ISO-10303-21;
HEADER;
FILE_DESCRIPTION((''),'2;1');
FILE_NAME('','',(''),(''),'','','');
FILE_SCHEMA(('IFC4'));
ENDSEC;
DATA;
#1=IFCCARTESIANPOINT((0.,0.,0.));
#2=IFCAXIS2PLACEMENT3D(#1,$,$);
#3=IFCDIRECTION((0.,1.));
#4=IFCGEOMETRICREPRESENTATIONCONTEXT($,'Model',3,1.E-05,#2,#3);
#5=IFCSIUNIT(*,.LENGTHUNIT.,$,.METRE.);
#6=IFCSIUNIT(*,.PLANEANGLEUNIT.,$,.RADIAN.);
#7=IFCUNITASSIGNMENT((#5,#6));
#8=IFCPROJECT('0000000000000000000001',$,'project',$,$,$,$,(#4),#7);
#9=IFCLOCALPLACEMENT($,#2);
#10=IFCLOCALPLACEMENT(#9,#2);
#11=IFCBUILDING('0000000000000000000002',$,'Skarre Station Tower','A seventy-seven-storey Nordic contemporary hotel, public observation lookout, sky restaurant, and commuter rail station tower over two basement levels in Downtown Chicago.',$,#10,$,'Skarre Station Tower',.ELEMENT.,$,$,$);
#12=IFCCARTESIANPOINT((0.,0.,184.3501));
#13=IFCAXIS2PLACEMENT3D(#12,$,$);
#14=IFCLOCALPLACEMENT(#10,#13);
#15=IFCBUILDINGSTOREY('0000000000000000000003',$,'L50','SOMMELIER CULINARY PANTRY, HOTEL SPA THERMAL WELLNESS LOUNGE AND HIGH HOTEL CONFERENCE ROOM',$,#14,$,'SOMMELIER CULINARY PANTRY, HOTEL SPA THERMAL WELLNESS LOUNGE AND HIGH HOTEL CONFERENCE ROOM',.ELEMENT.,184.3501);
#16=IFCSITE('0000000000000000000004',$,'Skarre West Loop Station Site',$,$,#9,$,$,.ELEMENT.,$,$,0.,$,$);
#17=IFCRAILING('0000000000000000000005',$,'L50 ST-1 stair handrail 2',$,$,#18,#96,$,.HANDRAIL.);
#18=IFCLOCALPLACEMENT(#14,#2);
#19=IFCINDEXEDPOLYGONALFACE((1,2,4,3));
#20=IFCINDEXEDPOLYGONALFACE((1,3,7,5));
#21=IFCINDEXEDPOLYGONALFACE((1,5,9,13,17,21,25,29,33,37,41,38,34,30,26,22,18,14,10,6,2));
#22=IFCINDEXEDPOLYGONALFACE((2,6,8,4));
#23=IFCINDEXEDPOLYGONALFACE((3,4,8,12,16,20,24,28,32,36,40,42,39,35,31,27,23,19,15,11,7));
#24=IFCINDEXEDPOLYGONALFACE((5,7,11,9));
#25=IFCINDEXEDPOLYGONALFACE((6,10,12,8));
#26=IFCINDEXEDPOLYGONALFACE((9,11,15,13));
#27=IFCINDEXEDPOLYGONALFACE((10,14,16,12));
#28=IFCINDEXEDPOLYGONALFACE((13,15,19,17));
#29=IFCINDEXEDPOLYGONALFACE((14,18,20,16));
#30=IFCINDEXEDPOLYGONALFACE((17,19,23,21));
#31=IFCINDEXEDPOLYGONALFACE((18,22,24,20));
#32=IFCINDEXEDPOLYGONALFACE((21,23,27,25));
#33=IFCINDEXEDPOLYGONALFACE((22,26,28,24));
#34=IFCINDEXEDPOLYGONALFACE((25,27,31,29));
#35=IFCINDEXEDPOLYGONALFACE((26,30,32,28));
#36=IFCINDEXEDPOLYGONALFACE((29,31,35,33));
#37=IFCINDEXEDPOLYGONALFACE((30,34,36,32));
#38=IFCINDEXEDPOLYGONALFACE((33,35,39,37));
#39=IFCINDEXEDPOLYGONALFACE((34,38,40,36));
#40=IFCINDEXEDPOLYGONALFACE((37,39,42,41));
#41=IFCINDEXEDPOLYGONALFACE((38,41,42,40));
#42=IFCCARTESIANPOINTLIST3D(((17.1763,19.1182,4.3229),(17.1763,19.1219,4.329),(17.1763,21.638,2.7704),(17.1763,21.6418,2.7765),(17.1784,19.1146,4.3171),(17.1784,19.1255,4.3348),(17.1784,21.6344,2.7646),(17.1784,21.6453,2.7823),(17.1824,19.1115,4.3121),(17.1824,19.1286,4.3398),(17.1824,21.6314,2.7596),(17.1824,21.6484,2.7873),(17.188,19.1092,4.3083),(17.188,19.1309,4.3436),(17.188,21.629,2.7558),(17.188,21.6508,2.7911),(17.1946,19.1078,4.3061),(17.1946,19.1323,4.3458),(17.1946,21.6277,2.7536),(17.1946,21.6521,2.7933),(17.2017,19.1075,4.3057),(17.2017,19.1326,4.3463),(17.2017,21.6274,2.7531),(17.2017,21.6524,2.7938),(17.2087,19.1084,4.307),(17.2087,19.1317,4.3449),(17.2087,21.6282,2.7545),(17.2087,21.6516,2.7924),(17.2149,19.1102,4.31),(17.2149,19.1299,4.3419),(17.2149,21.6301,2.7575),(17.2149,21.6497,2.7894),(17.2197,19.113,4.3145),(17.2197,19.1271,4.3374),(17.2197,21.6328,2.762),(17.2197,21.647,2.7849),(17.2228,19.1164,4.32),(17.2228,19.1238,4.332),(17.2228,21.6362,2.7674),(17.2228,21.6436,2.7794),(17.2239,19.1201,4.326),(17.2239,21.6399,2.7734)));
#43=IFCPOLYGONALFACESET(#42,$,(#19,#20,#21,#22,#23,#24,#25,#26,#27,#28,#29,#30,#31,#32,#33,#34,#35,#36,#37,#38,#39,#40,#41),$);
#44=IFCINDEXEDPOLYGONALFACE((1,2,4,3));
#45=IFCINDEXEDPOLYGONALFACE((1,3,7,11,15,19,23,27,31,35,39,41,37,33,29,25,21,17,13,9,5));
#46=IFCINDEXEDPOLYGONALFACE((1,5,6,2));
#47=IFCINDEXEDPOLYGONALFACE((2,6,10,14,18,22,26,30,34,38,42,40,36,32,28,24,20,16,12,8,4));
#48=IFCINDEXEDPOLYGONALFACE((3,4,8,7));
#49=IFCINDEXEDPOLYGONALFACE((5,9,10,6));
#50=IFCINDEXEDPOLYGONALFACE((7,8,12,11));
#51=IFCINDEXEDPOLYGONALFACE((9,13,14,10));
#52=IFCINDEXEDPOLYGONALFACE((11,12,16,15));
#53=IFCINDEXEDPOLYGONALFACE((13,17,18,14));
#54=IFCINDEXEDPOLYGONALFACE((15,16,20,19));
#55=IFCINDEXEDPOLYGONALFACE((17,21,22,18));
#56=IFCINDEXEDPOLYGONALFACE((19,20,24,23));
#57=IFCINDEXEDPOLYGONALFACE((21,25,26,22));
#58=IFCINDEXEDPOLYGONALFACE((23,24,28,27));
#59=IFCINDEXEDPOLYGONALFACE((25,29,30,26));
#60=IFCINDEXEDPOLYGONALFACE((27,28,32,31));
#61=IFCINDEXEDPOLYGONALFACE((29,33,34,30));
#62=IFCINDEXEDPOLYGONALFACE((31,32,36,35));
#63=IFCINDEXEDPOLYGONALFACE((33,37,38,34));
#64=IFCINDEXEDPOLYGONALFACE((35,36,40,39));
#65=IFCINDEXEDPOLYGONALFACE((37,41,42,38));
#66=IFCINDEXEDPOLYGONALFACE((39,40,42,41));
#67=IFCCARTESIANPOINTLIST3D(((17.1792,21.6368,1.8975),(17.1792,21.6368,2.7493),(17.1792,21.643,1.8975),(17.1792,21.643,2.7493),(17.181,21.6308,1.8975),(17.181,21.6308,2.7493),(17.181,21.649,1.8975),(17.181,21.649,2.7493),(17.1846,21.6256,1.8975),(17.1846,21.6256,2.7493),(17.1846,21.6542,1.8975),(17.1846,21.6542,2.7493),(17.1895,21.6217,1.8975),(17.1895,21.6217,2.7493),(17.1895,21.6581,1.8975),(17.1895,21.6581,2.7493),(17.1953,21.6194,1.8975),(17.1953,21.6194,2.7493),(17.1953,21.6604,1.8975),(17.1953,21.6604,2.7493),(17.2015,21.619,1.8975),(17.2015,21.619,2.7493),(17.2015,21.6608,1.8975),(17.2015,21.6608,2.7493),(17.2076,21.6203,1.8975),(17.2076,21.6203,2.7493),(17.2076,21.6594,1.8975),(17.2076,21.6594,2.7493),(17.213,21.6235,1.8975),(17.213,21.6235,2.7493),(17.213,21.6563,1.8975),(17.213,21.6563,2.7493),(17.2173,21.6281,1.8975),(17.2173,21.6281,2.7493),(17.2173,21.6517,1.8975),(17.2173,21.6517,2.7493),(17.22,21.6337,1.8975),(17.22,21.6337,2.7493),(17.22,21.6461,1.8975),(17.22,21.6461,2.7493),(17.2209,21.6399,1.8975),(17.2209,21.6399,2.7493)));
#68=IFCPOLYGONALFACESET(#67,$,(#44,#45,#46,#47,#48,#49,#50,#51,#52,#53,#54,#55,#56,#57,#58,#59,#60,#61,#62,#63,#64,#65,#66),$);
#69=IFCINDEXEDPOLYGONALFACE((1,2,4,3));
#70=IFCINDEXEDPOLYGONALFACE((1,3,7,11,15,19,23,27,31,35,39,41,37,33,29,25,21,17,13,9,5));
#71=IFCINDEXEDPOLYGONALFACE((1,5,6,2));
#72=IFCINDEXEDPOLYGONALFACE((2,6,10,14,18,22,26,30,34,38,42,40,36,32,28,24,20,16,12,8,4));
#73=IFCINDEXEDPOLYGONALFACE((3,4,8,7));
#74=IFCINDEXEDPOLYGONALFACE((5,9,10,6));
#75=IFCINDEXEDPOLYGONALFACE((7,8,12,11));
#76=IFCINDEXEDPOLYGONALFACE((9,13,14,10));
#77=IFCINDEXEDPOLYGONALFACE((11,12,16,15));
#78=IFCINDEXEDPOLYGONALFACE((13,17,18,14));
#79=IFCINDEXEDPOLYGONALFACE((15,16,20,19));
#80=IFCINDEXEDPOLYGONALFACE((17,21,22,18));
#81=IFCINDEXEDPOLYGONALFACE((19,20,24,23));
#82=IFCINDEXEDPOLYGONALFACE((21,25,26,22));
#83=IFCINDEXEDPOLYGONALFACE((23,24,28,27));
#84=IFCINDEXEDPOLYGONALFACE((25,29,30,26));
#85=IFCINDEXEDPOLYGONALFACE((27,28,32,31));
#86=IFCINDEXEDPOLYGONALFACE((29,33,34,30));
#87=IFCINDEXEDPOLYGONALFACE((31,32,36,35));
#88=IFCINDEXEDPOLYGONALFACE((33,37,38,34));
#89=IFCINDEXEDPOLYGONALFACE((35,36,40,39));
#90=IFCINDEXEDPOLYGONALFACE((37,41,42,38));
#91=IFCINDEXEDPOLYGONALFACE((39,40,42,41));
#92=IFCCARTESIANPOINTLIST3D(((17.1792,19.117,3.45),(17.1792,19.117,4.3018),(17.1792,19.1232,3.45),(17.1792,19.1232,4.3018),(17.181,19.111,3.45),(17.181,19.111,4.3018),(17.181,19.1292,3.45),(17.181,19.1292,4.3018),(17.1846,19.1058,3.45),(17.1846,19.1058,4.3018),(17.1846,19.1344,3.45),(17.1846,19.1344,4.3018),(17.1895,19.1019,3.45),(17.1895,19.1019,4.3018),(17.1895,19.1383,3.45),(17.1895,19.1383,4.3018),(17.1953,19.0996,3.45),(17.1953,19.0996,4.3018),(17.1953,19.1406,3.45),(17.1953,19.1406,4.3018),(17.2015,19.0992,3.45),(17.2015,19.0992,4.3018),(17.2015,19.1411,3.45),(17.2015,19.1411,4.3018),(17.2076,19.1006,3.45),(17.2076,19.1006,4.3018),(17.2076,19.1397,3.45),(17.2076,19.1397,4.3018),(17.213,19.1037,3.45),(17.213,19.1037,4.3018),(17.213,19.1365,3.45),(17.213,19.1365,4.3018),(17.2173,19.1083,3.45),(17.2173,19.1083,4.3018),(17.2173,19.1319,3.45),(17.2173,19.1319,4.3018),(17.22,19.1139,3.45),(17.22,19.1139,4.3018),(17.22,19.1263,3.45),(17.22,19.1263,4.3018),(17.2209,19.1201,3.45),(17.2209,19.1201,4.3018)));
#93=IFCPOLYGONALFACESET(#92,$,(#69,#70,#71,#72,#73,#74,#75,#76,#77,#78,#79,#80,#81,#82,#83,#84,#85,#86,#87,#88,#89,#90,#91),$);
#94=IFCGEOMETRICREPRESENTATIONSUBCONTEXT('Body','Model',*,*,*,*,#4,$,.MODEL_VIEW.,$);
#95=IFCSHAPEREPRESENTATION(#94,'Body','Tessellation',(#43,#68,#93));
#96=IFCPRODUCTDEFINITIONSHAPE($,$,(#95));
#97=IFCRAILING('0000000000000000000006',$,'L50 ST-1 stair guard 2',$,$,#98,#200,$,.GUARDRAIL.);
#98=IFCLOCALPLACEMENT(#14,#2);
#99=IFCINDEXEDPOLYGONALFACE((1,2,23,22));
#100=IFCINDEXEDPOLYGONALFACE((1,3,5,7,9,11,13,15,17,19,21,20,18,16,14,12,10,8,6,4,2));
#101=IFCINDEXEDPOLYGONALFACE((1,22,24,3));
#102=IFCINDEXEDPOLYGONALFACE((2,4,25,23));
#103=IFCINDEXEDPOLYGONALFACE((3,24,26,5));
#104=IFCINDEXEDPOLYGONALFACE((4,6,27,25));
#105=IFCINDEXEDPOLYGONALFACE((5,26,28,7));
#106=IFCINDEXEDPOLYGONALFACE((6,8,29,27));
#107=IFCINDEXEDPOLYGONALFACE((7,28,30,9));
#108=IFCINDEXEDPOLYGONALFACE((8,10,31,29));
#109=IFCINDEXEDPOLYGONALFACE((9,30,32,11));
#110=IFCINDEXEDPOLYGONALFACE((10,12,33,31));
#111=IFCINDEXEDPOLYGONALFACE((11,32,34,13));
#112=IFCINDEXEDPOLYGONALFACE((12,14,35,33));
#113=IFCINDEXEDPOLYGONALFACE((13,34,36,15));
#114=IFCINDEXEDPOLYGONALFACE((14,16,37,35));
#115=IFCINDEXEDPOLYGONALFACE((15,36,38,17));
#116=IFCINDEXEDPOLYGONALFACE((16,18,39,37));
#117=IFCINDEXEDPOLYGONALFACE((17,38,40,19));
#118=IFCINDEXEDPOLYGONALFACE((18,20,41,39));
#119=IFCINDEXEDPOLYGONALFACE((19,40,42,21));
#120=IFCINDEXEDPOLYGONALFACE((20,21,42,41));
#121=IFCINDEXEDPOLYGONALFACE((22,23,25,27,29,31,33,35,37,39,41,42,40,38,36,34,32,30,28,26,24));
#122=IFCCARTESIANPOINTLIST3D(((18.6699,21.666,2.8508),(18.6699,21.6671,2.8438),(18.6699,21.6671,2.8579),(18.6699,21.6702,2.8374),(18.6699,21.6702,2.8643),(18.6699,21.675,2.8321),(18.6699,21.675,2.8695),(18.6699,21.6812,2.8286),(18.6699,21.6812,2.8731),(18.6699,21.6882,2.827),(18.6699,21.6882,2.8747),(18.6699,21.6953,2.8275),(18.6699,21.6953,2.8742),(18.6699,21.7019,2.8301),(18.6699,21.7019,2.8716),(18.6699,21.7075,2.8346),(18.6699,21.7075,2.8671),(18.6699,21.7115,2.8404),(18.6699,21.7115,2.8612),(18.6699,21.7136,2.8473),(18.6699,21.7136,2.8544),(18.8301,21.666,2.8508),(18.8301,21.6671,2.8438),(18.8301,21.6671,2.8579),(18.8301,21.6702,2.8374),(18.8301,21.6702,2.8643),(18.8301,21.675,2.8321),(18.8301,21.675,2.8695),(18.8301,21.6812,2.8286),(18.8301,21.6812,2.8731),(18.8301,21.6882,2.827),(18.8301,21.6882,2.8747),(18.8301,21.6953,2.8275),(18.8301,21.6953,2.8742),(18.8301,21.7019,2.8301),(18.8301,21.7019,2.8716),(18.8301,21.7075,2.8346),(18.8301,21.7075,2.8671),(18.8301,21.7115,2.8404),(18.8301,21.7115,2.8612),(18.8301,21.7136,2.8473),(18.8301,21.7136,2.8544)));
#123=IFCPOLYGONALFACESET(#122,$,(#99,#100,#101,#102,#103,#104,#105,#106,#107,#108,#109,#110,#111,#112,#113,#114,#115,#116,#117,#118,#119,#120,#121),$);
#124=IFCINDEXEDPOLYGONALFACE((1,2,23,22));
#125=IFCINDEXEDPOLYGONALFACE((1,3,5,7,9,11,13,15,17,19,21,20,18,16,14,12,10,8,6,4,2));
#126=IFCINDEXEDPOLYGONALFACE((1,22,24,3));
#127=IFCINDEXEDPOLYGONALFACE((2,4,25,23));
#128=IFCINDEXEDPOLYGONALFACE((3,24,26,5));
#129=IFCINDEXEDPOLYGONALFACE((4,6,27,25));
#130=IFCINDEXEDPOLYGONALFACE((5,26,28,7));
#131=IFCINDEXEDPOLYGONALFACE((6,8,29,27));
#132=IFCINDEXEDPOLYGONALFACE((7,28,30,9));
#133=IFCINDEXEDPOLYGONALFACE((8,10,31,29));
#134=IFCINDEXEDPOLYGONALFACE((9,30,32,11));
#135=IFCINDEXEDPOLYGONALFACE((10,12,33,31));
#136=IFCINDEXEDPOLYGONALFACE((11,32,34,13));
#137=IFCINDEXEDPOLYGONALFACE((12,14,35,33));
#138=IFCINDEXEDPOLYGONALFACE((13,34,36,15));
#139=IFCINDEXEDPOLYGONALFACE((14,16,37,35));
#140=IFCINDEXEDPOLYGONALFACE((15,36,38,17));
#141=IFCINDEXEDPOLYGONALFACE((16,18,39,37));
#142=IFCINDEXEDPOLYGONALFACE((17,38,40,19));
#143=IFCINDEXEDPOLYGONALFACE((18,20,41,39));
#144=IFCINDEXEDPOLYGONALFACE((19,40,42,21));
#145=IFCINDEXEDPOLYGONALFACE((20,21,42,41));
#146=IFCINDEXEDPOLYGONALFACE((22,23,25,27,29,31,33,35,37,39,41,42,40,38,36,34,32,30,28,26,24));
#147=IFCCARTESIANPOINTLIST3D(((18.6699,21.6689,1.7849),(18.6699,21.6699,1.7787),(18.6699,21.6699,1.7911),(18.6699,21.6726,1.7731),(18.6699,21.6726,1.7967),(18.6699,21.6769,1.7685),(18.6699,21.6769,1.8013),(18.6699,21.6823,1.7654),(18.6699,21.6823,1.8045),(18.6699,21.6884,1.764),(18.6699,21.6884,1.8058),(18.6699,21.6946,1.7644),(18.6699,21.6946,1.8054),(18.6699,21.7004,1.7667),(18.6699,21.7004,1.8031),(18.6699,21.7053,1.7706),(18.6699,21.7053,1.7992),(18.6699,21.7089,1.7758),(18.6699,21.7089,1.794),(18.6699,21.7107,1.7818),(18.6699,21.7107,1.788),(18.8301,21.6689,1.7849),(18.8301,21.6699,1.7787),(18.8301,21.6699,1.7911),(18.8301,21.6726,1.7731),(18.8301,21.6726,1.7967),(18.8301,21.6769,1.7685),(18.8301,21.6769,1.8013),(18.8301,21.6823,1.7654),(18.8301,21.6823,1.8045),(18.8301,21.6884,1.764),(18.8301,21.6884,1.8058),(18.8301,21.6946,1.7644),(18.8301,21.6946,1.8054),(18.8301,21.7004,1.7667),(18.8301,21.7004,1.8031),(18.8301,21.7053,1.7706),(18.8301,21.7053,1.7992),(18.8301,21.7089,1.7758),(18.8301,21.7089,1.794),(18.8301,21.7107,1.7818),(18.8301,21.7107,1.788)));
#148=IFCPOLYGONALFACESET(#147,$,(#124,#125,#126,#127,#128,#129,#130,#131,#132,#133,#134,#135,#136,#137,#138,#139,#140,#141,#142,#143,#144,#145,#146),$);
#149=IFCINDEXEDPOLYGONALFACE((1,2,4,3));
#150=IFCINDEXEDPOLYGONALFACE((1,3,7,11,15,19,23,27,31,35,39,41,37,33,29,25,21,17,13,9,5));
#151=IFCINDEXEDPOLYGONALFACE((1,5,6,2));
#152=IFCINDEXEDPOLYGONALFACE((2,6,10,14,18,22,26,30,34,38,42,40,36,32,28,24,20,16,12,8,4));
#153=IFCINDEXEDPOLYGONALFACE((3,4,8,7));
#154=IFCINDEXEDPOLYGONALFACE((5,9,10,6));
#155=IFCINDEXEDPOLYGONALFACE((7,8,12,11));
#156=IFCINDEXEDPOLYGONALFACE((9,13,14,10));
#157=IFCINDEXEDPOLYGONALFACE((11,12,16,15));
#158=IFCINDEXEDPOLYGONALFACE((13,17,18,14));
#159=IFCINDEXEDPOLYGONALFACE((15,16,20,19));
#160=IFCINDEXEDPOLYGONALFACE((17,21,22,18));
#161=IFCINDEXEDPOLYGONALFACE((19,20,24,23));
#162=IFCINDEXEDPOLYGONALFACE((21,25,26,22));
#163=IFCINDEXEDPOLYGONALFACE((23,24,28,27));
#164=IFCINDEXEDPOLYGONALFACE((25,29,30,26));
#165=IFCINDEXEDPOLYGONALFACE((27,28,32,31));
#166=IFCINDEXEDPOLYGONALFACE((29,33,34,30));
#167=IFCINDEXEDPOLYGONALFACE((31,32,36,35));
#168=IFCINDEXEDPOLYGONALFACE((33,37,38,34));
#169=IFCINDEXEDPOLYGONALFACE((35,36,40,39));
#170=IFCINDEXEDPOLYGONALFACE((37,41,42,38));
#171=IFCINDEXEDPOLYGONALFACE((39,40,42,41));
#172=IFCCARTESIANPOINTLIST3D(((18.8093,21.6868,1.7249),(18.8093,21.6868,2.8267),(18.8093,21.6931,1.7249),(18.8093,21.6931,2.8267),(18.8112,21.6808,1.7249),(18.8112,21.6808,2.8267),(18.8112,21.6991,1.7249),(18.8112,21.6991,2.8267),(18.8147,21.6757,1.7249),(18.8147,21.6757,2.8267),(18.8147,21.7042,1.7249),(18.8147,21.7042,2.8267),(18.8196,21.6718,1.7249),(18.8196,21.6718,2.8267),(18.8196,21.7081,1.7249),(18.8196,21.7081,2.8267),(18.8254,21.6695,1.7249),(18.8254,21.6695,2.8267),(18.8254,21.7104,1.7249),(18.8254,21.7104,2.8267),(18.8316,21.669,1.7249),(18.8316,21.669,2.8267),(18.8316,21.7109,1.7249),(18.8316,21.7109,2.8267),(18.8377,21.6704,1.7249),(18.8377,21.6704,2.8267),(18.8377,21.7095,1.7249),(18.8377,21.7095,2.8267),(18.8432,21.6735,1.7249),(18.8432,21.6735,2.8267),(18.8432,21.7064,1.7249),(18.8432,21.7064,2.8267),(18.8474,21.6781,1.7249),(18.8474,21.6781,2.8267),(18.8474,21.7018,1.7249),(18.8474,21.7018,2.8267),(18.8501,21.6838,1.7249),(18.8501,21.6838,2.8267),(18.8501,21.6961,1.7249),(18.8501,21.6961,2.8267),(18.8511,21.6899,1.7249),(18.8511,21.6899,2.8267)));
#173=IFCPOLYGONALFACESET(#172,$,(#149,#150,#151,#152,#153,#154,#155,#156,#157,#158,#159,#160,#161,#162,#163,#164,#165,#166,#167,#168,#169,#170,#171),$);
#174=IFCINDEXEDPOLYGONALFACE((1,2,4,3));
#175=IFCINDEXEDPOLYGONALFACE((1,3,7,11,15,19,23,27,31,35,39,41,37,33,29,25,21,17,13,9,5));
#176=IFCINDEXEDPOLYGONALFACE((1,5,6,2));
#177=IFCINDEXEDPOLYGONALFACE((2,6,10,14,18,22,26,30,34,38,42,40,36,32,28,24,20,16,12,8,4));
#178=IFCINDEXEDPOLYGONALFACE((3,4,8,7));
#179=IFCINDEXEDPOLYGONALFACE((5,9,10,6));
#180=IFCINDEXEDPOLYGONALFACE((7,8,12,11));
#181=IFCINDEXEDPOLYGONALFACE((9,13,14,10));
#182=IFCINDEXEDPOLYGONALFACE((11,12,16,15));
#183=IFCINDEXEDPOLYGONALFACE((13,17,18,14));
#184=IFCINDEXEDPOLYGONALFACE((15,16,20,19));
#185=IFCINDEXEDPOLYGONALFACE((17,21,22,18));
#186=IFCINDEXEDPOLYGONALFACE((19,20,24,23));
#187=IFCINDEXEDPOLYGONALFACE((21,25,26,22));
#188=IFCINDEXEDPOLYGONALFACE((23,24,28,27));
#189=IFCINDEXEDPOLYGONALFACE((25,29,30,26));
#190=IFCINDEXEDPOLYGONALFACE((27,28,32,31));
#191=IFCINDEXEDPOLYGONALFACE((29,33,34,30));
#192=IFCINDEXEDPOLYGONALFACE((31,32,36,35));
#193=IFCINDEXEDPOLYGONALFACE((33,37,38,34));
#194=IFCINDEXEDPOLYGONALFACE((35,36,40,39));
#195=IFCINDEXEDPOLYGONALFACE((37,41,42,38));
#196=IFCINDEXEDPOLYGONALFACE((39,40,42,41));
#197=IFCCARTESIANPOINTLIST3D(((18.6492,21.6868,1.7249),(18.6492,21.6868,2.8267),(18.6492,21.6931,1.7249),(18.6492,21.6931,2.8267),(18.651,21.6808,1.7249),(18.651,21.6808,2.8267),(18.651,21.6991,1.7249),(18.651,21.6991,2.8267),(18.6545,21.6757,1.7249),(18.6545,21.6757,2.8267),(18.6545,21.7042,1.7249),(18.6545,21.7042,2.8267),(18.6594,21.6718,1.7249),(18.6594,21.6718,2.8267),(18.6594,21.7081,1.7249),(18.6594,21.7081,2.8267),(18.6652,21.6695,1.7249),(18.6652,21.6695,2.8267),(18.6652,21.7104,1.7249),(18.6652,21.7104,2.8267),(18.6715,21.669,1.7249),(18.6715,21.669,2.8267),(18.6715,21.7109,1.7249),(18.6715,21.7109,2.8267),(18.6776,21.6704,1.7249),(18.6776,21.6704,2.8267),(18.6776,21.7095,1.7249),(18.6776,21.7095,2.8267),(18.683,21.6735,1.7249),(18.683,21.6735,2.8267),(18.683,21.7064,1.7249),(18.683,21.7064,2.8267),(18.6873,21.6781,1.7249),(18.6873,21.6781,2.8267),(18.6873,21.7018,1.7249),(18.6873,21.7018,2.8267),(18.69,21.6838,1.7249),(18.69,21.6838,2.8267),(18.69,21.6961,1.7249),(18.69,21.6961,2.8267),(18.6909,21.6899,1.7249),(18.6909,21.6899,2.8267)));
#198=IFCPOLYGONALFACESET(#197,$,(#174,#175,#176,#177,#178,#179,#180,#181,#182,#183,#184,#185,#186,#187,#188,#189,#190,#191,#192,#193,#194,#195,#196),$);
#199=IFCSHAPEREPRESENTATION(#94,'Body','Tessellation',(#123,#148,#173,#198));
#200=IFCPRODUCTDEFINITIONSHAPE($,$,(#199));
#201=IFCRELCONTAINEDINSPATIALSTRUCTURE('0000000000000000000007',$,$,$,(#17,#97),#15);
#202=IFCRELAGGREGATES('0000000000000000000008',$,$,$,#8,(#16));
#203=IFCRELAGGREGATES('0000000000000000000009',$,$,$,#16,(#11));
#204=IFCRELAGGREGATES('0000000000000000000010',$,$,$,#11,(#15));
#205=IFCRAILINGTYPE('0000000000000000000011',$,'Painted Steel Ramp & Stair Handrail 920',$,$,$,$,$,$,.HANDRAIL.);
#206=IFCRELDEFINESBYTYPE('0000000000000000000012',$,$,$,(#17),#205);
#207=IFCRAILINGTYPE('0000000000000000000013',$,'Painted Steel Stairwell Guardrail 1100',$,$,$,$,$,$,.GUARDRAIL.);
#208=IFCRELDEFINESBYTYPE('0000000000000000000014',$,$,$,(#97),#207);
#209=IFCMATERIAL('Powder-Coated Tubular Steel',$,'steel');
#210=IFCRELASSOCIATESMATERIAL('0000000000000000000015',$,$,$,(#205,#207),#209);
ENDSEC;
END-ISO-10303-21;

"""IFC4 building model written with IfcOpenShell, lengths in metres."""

from ifc_helpers import new_model, si_unit, direction, frame, origin, origin_2d, place, context, subcontext, project, spatial, circle, extrude, material, type_object, element, save


model = new_model("IFC4")

# Units and contexts
model_context = context("Model", 3, precision=1e-05, world=origin(), true_north=direction((0.0, 1.0)))
body_context = subcontext(model_context, "Body", "Model", "MODEL_VIEW")
ifc_project = project(units=[si_unit("LENGTHUNIT", "METRE"), si_unit("PLANEANGLEUNIT", "RADIAN")], contexts=[model_context])

# Site, building, storey
site_placement = place(None, origin())
site = spatial("IfcSite", under=ifc_project, at=site_placement, Name="Skarre West Loop Station Site", CompositionType="ELEMENT", RefElevation=0.0)
building_placement = place(site_placement, origin())
building = spatial("IfcBuilding", under=site, at=building_placement, Name="Skarre Station Tower", Description="A seventy-seven-storey Nordic contemporary hotel, public observation lookout, sky restaurant, and commuter rail station tower over two basement levels in Downtown Chicago.", LongName="Skarre Station Tower", CompositionType="ELEMENT")
storey_placement = place(building_placement, frame((0.0, 0.0, 184.3501)))
storey = spatial("IfcBuildingStorey", under=building, at=storey_placement, Name="L50", Description="SOMMELIER CULINARY PANTRY, HOTEL SPA THERMAL WELLNESS LOUNGE AND HIGH HOTEL CONFERENCE ROOM", LongName="SOMMELIER CULINARY PANTRY, HOTEL SPA THERMAL WELLNESS LOUNGE AND HIGH HOTEL CONFERENCE ROOM", CompositionType="ELEMENT", Elevation=184.3501)

# Railings
ifc_material_1 = material(Name="Powder-Coated Tubular Steel", Category="steel")
railing_type_1 = type_object("IfcRailingType", Name="Painted Steel Ramp & Stair Handrail 920", PredefinedType="HANDRAIL", material=ifc_material_1)
railing_1_placement = place(storey_placement, frame((17.2, 21.6399, 1.8975)))
element("IfcRailing", 1, at=railing_1_placement, inside=storey, type_object=railing_type_1, Name="L50 ST-1 stair handrail 2", PredefinedType="HANDRAIL", context=body_context, shape_type="SweptSolid", body=[
    extrude(circle(Radius=0.0239, at=origin_2d()), frame((0.0, 0.0, 0.876), z_axis=(0.0, -0.851378, 0.524553), x_axis=(1.0, 0.0, 0.0)), (0.0, 0.0, 1.0), 2.9597),
    extrude(circle(Radius=0.021, at=origin_2d()), origin(), (0.0, 0.0, 1.0), 0.8518),
    extrude(circle(Radius=0.021, at=origin_2d()), frame((0.0, -2.5198, 1.5525)), (0.0, 0.0, 1.0), 0.8518),
])
railing_type_2 = type_object("IfcRailingType", Name="Painted Steel Stairwell Guardrail 1100", PredefinedType="GUARDRAIL", material=ifc_material_1)
railing_2_placement = place(storey_placement, frame((18.8301, 21.6899, 1.7249)))
element("IfcRailing", 2, at=railing_2_placement, inside=storey, type_object=railing_type_2, Name="L50 ST-1 stair guard 2", PredefinedType="GUARDRAIL", context=body_context, shape_type="SweptSolid", body=[
    extrude(circle(Radius=0.0239, at=origin_2d()), frame((0.0, 0.0, 1.126), z_axis=(-1.0, 0.0, 0.0), x_axis=(0.0, -1.0, 0.0)), (0.0, 0.0, 1.0), 0.1602),
    extrude(circle(Radius=0.021, at=origin_2d()), frame((0.0, 0.0, 0.0601), z_axis=(-1.0, 0.0, 0.0), x_axis=(0.0, -1.0, 0.0)), (0.0, 0.0, 1.0), 0.1602),
    extrude(circle(Radius=0.021, at=origin_2d()), origin(), (0.0, 0.0, 1.0), 1.1018),
    extrude(circle(Radius=0.021, at=origin_2d()), frame((-0.1602, 0.0, 0.0)), (0.0, 0.0, 1.0), 1.1018),
])

save(model, "model.ifc")
